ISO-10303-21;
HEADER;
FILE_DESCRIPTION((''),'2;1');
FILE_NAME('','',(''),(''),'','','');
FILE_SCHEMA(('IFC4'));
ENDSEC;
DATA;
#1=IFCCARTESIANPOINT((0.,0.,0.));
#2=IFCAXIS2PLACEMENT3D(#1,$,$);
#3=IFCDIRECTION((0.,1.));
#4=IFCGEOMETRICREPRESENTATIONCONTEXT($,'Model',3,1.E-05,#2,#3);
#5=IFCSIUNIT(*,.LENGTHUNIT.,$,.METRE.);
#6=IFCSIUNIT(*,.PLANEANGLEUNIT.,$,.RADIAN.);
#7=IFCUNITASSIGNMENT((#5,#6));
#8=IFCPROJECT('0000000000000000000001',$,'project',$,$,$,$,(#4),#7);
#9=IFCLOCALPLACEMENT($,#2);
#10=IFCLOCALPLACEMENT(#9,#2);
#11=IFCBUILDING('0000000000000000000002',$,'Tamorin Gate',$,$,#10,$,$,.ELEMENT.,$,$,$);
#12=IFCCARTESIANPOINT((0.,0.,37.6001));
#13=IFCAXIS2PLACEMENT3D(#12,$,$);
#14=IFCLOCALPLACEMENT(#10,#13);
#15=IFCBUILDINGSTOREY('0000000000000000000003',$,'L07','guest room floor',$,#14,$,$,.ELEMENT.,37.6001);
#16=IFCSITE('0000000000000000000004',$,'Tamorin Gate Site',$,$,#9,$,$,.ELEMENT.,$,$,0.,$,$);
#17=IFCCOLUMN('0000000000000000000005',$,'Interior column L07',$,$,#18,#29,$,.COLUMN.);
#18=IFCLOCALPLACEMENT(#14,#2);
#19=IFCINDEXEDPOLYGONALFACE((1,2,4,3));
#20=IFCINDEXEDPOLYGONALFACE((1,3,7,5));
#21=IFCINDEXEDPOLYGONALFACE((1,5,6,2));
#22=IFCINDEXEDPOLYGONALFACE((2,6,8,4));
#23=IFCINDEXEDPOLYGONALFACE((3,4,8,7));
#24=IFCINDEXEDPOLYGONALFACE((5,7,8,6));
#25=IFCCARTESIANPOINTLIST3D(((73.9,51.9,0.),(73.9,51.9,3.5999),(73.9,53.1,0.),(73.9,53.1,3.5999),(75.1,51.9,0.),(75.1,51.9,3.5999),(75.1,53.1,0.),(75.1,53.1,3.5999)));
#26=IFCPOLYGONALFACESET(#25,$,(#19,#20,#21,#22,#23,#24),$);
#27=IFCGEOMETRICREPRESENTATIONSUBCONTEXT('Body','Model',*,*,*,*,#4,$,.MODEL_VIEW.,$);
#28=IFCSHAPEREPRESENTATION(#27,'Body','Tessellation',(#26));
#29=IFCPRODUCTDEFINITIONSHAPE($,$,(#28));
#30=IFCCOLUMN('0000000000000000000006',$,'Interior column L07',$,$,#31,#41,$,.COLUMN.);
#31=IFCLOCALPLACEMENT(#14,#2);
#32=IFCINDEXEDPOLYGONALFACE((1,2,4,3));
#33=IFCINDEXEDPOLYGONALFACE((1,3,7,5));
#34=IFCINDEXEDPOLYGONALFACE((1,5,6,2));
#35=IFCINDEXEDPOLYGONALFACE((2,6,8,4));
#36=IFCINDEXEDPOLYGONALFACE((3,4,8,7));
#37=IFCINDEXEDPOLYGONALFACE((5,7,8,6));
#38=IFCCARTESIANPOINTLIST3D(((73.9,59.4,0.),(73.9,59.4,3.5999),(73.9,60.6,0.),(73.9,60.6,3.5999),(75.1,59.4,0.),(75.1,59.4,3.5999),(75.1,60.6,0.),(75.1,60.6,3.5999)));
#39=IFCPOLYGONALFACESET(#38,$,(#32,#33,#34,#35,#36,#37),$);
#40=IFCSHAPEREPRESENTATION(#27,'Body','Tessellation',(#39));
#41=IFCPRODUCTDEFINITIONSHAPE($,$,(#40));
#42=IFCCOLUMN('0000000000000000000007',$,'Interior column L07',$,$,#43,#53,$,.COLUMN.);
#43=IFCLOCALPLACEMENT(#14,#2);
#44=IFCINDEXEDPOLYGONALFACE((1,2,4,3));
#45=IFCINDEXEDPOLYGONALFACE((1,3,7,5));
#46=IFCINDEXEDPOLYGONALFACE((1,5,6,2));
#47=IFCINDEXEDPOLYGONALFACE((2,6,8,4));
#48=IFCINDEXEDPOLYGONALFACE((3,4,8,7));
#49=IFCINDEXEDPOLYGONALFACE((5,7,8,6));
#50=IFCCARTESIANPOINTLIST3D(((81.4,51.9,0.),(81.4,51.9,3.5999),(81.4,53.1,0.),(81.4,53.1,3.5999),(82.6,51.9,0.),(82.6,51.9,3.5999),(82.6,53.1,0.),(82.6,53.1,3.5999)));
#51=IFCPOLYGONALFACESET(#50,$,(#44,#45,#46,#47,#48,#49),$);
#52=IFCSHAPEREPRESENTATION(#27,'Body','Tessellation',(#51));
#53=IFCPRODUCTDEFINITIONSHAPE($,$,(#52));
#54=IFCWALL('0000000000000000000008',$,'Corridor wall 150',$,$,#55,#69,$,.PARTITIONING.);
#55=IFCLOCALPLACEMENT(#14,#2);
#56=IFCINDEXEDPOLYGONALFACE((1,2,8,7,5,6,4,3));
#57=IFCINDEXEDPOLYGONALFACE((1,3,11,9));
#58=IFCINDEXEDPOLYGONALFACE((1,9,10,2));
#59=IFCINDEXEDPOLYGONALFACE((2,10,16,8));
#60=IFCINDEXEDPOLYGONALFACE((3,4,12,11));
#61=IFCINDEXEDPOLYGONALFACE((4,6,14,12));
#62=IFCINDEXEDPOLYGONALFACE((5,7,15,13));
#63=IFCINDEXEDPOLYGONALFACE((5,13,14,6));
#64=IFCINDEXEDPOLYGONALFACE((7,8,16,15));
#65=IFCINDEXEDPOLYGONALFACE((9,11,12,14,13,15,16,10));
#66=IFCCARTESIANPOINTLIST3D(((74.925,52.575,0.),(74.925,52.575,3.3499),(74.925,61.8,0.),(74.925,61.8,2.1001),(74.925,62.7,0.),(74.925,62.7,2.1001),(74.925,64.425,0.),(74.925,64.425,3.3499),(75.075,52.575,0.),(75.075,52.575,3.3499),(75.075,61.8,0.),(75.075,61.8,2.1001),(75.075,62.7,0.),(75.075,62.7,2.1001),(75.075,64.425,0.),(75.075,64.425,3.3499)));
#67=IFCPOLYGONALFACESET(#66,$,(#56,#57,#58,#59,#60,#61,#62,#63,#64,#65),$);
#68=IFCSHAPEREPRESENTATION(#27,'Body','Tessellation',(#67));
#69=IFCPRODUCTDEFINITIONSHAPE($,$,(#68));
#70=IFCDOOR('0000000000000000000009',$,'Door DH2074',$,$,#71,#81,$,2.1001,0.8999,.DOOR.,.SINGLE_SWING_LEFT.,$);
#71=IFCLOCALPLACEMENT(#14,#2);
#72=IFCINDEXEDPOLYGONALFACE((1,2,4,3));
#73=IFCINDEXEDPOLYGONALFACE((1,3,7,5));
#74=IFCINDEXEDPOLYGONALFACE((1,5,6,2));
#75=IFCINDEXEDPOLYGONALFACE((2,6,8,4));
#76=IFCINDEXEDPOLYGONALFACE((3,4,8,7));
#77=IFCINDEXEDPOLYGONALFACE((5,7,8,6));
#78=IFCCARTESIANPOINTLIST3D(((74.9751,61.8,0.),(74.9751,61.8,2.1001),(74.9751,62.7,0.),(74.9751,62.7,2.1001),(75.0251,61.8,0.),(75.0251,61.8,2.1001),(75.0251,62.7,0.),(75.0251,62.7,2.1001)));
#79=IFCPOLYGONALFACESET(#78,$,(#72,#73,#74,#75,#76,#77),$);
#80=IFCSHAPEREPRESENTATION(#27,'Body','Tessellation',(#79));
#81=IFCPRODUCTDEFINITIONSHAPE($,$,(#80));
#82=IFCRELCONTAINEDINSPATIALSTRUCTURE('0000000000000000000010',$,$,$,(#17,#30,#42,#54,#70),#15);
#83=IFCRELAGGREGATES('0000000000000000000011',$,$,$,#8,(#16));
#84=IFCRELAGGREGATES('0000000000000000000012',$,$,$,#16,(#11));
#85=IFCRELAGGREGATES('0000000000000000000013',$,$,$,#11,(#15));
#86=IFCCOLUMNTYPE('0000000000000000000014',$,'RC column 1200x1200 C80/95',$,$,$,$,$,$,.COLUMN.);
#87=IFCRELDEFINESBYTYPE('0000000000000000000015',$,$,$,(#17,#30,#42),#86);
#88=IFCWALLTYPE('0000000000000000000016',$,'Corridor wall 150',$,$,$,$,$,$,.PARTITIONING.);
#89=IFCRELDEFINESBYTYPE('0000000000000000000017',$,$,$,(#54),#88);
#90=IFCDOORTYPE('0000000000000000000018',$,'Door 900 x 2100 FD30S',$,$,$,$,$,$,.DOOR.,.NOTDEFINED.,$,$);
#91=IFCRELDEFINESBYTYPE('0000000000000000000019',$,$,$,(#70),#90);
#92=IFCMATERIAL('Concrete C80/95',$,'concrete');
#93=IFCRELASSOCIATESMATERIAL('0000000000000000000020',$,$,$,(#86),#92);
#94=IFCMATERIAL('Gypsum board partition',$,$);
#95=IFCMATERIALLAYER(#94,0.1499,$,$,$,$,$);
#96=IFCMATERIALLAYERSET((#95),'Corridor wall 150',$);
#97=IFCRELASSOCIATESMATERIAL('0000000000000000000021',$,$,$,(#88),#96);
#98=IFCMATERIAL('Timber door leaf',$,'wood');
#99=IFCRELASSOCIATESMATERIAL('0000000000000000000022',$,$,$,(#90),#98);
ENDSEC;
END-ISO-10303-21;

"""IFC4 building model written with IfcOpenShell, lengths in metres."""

from ifc_helpers import new_model, si_unit, direction, frame, frame_2d, origin, origin_2d, place, context, subcontext, project, spatial, rectangle, extrude, material, layer, layer_set, material_profile, profile_set, type_object, element, fill, save


model = new_model("IFC4")

# Units and contexts
model_context = context("Model", 3, precision=1e-05, world=origin(), true_north=direction((0.0, 1.0)))
body_context = subcontext(model_context, "Body", "Model", "MODEL_VIEW")
ifc_project = project(units=[si_unit("LENGTHUNIT", "METRE"), si_unit("PLANEANGLEUNIT", "RADIAN")], contexts=[model_context])

# Site, building, storey
site_placement = place(None, origin())
site = spatial("IfcSite", under=ifc_project, at=site_placement, Name="Tamorin Gate Site", CompositionType="ELEMENT", RefElevation=0.0)
building_placement = place(site_placement, origin())
building = spatial("IfcBuilding", under=site, at=building_placement, Name="Tamorin Gate", CompositionType="ELEMENT")
storey_placement = place(building_placement, frame((0.0, 0.0, 37.6001)))
storey = spatial("IfcBuildingStorey", under=building, at=storey_placement, Name="L07", Description="guest room floor", CompositionType="ELEMENT", Elevation=37.6001)

# Columns
ifc_material_1 = material(Name="Concrete C80/95", Category="concrete")
ifc_material_profile = material_profile(ifc_material_1, rectangle(XDim=1.2, YDim=1.2, at=origin_2d()), Name="RC 1200x1200")
ifc_profile_set = profile_set([ifc_material_profile], Name="Concrete C80/95")
column_type = type_object("IfcColumnType", Name="RC column 1200x1200 C80/95", PredefinedType="COLUMN", material=ifc_profile_set)
for number, where, z_axis, x_axis, name in (
    (1, (74.5, 52.5, 0.0), (0.0, 0.0, 1.0), (1.0, 0.0, 0.0), "Interior column L07"),
    (2, (74.5, 60.0, 0.0), (0.0, 0.0, 1.0), (1.0, 0.0, 0.0), "Interior column L07"),
    (3, (82.0, 52.5, 0.0), (0.0, 0.0, 1.0), (1.0, 0.0, 0.0), "Interior column L07"),
):
    element("IfcColumn", number, at=place(storey_placement, frame(where, z_axis=z_axis, x_axis=x_axis)), inside=storey, type_object=column_type, Name=name, PredefinedType="COLUMN", context=body_context, shape_type="SweptSolid", body=[
        extrude(rectangle(XDim=1.2, YDim=1.2, at=origin_2d()), origin(), (0.0, 0.0, 1.0), 3.5999),
    ])

# Wall, opening, door
ifc_material_2 = material(Name="Gypsum board partition")
ifc_layer_1 = layer(ifc_material_2, 0.1499)
ifc_layer_set_1 = layer_set([ifc_layer_1], Name="Corridor wall 150")
wall_type_1 = type_object("IfcWallType", Name="Corridor wall 150", PredefinedType="PARTITIONING", material=ifc_layer_set_1)
wall_1_placement = place(storey_placement, frame((75.0, 52.575, 0.0), z_axis=(0.0, 0.0, 1.0), x_axis=(0.0, 1.0, 0.0)))
wall_1 = element("IfcWall", 4, at=wall_1_placement, inside=storey, type_object=wall_type_1, Name="Corridor wall 150", PredefinedType="PARTITIONING", context=body_context, shape_type="SweptSolid", body=[
    extrude(rectangle(XDim=11.8501, YDim=0.1499, at=frame_2d((5.925, 0.0))), origin(), (0.0, 0.0, 1.0), 3.3499),
])
opening_1_placement = place(wall_1_placement, frame((9.2251, 0.0, 0.0)))
opening_1 = element("IfcOpeningElement", 5, at=opening_1_placement, cuts=wall_1, PredefinedType="OPENING", context=body_context, shape_type="SweptSolid", body=[
    extrude(rectangle(XDim=0.8999, YDim=2.1001, at=frame_2d((0.45, 1.05))), frame((0.0, 0.085, 0.0), z_axis=(0.0, -1.0, 0.0), x_axis=(1.0, 0.0, 0.0)), (0.0, 0.0, 1.0), 0.1699),
])
ifc_material_3 = material(Name="Timber door leaf", Category="wood")
door_type_1 = type_object("IfcDoorType", Name="Door 900 x 2100 FD30S", OperationType="NOTDEFINED", PredefinedType="DOOR", material=ifc_material_3)
door_1_placement = place(opening_1_placement, origin())
door_1 = element("IfcDoor", 6, at=door_1_placement, inside=storey, type_object=door_type_1, Name="Door DH2074", OperationType="SINGLE_SWING_LEFT", OverallHeight=2.1001, OverallWidth=0.8999, PredefinedType="DOOR", context=body_context, shape_type="SweptSolid", body=[
    extrude(rectangle(XDim=0.8999, YDim=2.1001, at=frame_2d((0.45, 1.05))), frame((0.0, 0.0249, 0.0), z_axis=(0.0, -1.0, 0.0), x_axis=(1.0, 0.0, 0.0)), (0.0, 0.0, 1.0), 0.05),
])
fill(opening_1, door_1)

save(model, "model.ifc")
